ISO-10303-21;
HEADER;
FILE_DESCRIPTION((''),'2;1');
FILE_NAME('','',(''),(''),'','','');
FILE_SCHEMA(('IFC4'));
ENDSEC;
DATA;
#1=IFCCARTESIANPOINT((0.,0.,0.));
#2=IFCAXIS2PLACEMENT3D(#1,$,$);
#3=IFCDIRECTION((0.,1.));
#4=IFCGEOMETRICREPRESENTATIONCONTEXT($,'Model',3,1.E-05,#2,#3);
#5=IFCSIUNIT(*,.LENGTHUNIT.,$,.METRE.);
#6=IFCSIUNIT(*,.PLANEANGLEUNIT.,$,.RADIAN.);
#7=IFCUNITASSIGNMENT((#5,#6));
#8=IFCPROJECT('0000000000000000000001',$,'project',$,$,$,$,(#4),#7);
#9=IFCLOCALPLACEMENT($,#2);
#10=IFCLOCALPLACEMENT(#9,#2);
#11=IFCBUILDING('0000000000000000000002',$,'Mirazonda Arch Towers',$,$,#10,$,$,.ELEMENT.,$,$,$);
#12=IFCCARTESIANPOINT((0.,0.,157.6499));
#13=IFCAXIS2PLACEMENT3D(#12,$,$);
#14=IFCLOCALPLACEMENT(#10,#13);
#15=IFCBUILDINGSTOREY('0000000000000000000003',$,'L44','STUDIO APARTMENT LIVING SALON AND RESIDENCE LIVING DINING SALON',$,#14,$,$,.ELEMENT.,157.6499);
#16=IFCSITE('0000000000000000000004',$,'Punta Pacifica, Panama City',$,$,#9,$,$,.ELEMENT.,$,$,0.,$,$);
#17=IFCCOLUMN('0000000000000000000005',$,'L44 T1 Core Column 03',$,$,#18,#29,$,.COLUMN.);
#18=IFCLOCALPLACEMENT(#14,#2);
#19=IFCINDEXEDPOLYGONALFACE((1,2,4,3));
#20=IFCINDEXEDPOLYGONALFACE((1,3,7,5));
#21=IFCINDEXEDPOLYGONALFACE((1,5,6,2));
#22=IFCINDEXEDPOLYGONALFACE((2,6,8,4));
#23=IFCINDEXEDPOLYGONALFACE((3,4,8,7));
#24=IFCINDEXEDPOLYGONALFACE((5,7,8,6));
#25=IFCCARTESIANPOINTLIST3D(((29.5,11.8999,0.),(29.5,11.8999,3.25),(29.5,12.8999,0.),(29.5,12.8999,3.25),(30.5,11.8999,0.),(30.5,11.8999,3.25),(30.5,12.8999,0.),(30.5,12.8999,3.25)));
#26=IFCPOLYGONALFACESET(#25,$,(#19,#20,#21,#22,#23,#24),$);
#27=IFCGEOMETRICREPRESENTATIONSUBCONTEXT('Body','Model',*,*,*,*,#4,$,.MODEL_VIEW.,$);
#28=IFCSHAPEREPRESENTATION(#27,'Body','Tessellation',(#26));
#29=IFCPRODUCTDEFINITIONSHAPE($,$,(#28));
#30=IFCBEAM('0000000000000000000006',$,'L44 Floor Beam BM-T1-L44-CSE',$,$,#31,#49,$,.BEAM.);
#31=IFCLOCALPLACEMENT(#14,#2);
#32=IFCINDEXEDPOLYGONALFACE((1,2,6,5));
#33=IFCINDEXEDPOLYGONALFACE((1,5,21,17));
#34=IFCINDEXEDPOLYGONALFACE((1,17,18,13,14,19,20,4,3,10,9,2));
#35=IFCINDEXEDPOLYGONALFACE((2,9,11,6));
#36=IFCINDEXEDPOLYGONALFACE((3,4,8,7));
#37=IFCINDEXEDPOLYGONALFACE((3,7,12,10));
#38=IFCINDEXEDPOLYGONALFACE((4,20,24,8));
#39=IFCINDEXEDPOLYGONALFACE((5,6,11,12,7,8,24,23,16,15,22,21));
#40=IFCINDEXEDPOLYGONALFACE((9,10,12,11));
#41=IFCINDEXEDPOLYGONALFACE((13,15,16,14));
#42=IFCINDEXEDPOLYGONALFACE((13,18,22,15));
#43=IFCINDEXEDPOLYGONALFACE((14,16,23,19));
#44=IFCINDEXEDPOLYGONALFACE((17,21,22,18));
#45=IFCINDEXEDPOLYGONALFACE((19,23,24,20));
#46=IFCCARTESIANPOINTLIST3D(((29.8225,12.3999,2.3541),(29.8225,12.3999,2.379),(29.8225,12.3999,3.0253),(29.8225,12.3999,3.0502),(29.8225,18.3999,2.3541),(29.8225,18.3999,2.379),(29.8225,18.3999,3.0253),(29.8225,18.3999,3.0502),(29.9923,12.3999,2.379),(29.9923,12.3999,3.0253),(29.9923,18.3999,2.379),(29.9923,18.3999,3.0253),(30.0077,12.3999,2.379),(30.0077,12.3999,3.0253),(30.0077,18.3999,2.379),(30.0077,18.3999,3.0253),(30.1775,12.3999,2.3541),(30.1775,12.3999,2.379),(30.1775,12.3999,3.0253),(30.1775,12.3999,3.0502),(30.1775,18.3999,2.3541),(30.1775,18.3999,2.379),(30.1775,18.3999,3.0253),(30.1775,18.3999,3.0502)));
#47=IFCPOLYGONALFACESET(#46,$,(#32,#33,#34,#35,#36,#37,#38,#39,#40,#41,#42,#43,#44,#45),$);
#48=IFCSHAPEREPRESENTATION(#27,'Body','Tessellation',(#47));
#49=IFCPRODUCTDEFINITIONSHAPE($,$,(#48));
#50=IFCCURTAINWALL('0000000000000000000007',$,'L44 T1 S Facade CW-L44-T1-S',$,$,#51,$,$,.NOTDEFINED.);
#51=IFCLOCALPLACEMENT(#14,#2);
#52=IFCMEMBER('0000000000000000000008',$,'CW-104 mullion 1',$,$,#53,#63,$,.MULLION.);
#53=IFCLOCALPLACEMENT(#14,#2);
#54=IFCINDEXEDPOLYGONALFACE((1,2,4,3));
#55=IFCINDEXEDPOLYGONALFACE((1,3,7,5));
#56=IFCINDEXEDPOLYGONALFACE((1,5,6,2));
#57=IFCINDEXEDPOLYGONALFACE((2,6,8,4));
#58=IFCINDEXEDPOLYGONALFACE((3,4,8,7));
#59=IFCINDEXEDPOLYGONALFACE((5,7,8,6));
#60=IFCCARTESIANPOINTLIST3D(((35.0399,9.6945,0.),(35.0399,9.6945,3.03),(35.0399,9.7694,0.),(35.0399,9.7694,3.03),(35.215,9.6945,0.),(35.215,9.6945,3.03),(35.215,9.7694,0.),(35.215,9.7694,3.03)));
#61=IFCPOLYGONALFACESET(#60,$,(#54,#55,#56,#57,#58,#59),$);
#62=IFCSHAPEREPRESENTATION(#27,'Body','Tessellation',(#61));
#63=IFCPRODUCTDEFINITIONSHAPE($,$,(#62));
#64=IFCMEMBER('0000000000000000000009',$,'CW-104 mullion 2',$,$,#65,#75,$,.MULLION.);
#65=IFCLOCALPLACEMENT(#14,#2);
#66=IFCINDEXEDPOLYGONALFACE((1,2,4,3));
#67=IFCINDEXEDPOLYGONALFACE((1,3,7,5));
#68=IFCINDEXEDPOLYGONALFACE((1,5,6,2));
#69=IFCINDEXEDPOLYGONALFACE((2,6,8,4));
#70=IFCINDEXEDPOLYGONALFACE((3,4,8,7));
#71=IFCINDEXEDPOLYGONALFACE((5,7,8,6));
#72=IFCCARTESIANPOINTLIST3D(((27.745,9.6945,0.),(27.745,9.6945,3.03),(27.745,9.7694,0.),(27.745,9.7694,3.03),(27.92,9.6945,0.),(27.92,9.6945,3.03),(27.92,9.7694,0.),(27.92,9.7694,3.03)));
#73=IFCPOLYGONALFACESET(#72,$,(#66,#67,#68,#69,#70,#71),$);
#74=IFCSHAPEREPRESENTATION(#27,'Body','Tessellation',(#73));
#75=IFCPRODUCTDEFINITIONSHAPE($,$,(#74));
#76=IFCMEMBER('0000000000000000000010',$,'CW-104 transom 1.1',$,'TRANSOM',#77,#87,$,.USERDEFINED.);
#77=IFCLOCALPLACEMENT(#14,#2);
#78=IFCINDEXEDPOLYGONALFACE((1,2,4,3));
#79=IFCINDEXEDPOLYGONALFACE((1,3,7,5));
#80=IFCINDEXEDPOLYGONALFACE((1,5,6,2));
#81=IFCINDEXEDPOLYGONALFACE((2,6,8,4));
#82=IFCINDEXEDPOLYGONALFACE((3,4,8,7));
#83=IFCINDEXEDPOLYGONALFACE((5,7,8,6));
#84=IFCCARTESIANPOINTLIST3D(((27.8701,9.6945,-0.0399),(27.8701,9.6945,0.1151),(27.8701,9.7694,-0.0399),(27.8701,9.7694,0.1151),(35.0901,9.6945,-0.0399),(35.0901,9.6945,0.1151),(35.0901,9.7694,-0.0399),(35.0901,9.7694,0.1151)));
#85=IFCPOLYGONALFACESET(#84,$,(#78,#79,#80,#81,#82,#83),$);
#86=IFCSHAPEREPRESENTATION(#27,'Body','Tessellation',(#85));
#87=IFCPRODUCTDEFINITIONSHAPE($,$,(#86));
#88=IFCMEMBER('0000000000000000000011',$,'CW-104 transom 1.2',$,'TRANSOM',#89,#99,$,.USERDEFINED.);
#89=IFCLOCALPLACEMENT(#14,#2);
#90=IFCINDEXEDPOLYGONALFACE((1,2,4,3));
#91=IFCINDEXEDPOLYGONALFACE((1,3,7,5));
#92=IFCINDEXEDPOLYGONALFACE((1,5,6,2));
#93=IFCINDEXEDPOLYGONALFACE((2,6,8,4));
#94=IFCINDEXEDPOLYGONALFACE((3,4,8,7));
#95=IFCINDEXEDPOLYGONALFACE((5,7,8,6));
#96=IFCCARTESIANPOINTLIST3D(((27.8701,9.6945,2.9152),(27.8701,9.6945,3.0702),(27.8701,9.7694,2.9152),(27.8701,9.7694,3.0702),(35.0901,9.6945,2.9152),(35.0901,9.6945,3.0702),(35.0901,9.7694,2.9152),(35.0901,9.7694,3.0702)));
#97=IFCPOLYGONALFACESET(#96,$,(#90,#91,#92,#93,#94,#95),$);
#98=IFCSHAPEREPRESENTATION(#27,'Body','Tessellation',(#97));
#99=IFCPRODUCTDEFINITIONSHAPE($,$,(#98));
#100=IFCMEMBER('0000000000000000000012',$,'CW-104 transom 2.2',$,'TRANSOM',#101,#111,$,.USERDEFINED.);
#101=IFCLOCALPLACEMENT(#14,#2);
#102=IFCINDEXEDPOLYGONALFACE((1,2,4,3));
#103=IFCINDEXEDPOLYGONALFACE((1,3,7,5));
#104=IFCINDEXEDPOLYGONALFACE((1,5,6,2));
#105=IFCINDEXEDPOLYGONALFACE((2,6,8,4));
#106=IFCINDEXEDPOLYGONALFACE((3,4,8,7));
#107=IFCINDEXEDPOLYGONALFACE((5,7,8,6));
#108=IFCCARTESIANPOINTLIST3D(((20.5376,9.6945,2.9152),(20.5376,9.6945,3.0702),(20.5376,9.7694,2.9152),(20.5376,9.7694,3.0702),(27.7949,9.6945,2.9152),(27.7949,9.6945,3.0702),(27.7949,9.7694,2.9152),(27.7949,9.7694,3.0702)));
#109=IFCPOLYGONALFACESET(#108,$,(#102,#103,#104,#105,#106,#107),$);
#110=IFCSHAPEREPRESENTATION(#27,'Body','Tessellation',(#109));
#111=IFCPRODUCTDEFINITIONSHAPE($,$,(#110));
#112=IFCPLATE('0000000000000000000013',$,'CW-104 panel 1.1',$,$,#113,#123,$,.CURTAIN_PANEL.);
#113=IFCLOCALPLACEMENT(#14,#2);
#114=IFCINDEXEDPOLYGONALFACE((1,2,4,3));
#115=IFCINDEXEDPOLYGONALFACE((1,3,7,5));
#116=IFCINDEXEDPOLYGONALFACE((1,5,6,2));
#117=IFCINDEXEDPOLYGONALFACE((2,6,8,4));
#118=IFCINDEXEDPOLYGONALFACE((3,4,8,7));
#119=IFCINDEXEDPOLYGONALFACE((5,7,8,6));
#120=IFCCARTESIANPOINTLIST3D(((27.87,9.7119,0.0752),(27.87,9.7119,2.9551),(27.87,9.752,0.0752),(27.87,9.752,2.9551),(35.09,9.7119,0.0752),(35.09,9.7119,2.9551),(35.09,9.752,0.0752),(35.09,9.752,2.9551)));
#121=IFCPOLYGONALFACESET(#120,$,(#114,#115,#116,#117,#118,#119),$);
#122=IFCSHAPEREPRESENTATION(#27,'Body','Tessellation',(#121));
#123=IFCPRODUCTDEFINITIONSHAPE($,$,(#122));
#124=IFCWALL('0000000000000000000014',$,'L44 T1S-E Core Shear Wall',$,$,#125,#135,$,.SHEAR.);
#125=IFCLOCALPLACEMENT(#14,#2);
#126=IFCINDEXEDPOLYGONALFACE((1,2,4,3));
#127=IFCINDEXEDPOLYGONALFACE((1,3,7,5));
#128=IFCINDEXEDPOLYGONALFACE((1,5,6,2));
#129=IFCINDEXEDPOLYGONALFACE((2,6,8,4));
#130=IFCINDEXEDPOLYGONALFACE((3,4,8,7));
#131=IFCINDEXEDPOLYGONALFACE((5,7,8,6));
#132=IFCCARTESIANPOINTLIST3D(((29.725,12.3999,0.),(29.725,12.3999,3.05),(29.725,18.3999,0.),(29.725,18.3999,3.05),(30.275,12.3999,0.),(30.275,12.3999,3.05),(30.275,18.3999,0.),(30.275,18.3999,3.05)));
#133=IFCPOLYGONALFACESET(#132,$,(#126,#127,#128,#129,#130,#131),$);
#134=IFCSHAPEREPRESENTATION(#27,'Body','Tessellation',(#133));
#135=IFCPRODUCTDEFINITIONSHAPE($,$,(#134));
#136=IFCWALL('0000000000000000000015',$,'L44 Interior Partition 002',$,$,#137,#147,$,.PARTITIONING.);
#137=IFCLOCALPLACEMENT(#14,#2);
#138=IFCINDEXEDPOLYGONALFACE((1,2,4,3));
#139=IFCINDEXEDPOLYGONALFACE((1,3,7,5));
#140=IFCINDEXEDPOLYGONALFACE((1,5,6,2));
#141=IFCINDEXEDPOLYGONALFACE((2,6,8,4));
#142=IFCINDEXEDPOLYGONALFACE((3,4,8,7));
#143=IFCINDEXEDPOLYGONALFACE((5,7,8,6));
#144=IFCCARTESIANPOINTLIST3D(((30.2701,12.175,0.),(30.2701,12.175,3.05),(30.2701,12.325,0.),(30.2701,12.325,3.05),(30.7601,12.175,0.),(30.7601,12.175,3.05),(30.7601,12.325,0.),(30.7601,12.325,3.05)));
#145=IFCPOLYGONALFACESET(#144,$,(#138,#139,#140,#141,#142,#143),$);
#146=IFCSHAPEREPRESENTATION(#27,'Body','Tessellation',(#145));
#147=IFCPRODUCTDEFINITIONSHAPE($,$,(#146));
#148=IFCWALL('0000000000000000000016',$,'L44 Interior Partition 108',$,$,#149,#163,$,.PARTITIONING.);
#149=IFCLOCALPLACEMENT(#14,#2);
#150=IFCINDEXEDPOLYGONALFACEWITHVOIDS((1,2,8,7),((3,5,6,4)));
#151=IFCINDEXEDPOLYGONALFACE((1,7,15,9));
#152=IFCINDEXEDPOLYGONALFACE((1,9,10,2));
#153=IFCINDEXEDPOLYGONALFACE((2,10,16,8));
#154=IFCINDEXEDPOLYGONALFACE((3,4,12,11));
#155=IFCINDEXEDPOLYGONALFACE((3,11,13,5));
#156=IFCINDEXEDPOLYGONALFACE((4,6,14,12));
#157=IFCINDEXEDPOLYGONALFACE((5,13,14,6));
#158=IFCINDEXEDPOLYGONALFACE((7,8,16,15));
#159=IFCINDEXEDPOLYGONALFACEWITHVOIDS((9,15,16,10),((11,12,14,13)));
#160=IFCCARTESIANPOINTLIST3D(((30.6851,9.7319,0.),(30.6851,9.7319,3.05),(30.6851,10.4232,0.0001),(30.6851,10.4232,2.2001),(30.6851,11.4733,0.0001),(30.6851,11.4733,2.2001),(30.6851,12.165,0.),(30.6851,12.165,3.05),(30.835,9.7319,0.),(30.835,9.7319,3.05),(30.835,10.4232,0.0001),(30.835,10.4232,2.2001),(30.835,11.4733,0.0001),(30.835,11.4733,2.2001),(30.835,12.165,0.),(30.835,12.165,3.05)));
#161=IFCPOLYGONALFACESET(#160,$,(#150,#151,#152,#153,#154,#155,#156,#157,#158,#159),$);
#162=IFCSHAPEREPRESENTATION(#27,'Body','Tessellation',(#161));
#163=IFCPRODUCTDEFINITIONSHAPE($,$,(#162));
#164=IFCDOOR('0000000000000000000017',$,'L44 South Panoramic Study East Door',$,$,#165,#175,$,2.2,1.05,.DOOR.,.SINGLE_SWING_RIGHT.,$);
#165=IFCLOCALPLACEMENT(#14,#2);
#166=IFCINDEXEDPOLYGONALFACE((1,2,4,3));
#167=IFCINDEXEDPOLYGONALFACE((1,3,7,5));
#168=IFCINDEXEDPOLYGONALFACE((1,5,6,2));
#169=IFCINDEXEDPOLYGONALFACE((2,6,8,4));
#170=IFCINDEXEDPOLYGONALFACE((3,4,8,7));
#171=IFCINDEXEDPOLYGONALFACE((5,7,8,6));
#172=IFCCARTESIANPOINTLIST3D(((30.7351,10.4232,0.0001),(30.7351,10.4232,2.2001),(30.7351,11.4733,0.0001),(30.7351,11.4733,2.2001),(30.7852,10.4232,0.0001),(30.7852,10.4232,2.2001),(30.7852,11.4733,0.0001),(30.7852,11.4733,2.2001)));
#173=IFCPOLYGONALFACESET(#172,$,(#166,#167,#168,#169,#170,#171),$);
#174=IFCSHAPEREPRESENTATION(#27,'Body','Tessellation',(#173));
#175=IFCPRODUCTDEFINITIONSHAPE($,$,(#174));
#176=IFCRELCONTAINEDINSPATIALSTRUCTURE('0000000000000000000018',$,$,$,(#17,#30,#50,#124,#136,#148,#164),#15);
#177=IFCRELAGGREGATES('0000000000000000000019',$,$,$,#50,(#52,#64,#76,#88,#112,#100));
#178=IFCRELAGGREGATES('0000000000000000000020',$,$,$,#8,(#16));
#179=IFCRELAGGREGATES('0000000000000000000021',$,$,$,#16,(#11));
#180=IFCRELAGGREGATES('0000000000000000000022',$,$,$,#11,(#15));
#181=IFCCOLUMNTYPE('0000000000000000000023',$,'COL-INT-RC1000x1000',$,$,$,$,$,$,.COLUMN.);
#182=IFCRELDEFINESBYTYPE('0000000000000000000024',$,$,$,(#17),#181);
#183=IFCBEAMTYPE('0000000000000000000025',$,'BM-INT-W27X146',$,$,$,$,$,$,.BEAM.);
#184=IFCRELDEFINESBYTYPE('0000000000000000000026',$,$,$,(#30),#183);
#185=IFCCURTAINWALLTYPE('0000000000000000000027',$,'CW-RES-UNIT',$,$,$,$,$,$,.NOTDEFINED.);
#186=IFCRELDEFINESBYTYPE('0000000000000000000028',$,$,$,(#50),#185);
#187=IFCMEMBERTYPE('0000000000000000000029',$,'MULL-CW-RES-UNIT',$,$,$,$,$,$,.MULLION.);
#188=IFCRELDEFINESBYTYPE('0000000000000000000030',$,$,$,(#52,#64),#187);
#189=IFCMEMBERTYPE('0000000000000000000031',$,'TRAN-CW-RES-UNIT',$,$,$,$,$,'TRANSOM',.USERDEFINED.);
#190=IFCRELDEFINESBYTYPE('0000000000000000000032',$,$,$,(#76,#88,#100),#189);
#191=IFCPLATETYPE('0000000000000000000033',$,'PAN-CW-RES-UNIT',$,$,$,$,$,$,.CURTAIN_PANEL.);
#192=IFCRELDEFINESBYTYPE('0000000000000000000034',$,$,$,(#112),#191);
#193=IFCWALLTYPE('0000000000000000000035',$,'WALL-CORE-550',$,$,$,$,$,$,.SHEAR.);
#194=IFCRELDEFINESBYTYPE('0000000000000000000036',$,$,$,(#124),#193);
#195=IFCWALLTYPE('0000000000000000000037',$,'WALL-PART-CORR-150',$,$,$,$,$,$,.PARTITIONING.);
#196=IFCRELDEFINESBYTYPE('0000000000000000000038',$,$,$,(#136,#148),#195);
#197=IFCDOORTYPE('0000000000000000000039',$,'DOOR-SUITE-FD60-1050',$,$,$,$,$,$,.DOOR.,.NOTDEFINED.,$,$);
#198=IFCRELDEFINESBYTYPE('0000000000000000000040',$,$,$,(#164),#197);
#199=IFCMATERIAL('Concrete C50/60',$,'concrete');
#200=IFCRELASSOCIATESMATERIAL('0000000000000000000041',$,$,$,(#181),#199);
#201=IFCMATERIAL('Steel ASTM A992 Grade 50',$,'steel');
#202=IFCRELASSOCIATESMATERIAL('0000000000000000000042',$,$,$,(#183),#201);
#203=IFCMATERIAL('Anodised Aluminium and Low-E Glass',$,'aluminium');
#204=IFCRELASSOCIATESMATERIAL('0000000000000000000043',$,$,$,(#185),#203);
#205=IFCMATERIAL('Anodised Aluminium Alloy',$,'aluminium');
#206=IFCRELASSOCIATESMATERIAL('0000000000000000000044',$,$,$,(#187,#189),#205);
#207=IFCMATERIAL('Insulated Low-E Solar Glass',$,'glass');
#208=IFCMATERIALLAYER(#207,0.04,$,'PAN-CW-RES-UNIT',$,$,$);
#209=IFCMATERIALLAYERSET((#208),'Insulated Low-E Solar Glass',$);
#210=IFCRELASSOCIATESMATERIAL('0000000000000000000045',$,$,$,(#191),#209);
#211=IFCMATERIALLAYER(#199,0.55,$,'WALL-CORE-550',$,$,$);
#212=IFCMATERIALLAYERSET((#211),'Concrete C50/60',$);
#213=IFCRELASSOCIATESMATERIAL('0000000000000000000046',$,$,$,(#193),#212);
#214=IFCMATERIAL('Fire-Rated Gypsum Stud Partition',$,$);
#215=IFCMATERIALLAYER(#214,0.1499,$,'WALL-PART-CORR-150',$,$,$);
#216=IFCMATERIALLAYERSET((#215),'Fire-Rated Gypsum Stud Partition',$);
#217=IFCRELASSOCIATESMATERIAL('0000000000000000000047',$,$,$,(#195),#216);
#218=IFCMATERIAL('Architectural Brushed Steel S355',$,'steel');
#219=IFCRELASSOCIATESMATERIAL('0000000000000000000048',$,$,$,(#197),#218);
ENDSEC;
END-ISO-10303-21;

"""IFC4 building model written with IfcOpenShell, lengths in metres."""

from ifc_helpers import new_model, si_unit, direction, frame, frame_2d, origin, origin_2d, place, context, subcontext, project, spatial, rectangle, i_section, extrude, material, layer, layer_set, material_profile, profile_set, type_object, element, fill, aggregate, save


model = new_model("IFC4")

# Units and contexts
model_context = context("Model", 3, precision=1e-05, world=origin(), true_north=direction((0.0, 1.0)))
body_context = subcontext(model_context, "Body", "Model", "MODEL_VIEW")
ifc_project = project(units=[si_unit("LENGTHUNIT", "METRE"), si_unit("PLANEANGLEUNIT", "RADIAN")], contexts=[model_context])

# Site, building, storey
site_placement = place(None, origin())
site = spatial("IfcSite", under=ifc_project, at=site_placement, Name="Punta Pacifica, Panama City", CompositionType="ELEMENT", RefElevation=0.0)
building_placement = place(site_placement, origin())
building = spatial("IfcBuilding", under=site, at=building_placement, Name="Mirazonda Arch Towers", CompositionType="ELEMENT")
storey_placement = place(building_placement, frame((0.0, 0.0, 157.6499)))
storey = spatial("IfcBuildingStorey", under=building, at=storey_placement, Name="L44", Description="STUDIO APARTMENT LIVING SALON AND RESIDENCE LIVING DINING SALON", CompositionType="ELEMENT", Elevation=157.6499)

# Column
ifc_material_1 = material(Name="Concrete C50/60", Category="concrete")
ifc_material_profile_1 = material_profile(ifc_material_1, rectangle(XDim=1.0, YDim=1.0, at=origin_2d()), Name="RC1000x1000")
ifc_profile_set_1 = profile_set([ifc_material_profile_1], Name="Concrete C50/60")
column_type = type_object("IfcColumnType", Name="COL-INT-RC1000x1000", PredefinedType="COLUMN", material=ifc_profile_set_1)
column_placement = place(storey_placement, frame((30.0, 12.3999, 0.0), z_axis=(0.0, 0.0, 1.0), x_axis=(1.0, 0.0, 0.0)))
element("IfcColumn", 1, at=column_placement, inside=storey, type_object=column_type, Name="L44 T1 Core Column 03", PredefinedType="COLUMN", context=body_context, shape_type="SweptSolid", body=[
    extrude(rectangle(XDim=1.0, YDim=1.0, at=origin_2d()), origin(), (0.0, 0.0, 1.0), 3.25),
])

# Beam
ifc_material_2 = material(Name="Steel ASTM A992 Grade 50", Category="steel")
ifc_material_profile_2 = material_profile(ifc_material_2, i_section(OverallWidth=0.355, OverallDepth=0.696, WebThickness=0.0154, FlangeThickness=0.0249, at=origin_2d()), Name="W27X146")
ifc_profile_set_2 = profile_set([ifc_material_profile_2], Name="Steel ASTM A992 Grade 50")
beam_type = type_object("IfcBeamType", Name="BM-INT-W27X146", PredefinedType="BEAM", material=ifc_profile_set_2)
beam_placement = place(storey_placement, frame((30.0, 12.3999, 2.7021), z_axis=(0.0, 1.0, 0.0), x_axis=(-1.0, 0.0, 0.0)))
element("IfcBeam", 2, at=beam_placement, inside=storey, type_object=beam_type, Name="L44 Floor Beam BM-T1-L44-CSE", PredefinedType="BEAM", context=body_context, shape_type="SweptSolid", body=[
    extrude(i_section(OverallWidth=0.355, OverallDepth=0.696, WebThickness=0.0154, FlangeThickness=0.0249, at=origin_2d()), origin(), (0.0, 0.0, 1.0), 6.0),
])

# Curtain wall, members, plate
ifc_material_3 = material(Name="Anodised Aluminium and Low-E Glass", Category="aluminium")
curtain_wall_type = type_object("IfcCurtainWallType", Name="CW-RES-UNIT", PredefinedType="NOTDEFINED", material=ifc_material_3)
curtain_wall_placement = place(storey_placement, origin())
curtain_wall = element("IfcCurtainWall", 3, at=curtain_wall_placement, inside=storey, type_object=curtain_wall_type, Name="L44 T1 S Facade CW-L44-T1-S", PredefinedType="NOTDEFINED")
ifc_material_4 = material(Name="Anodised Aluminium Alloy", Category="aluminium")
ifc_material_profile_3 = material_profile(ifc_material_4, rectangle(XDim=0.075, YDim=0.175, at=origin_2d()), Name="ALU-MULL-75x175")
ifc_profile_set_3 = profile_set([ifc_material_profile_3], Name="Anodised Aluminium Alloy")
member_type_1 = type_object("IfcMemberType", Name="MULL-CW-RES-UNIT", PredefinedType="MULLION", material=ifc_profile_set_3)
member_1_placement = place(storey_placement, frame((35.1274, 9.7319, 0.0), z_axis=(0.0, 0.0, 1.0), x_axis=(0.0, -1.0, 0.0)))
member_1 = element("IfcMember", 4, at=member_1_placement, type_object=member_type_1, Name="CW-104 mullion 1", PredefinedType="MULLION", context=body_context, shape_type="SweptSolid", body=[
    extrude(rectangle(XDim=0.075, YDim=0.175, at=origin_2d()), origin(), (0.0, 0.0, 1.0), 3.03),
])
member_2_placement = place(storey_placement, frame((27.8325, 9.7319, 0.0), z_axis=(0.0, 0.0, 1.0), x_axis=(0.0, -1.0, 0.0)))
member_2 = element("IfcMember", 5, at=member_2_placement, type_object=member_type_1, Name="CW-104 mullion 2", PredefinedType="MULLION", context=body_context, shape_type="SweptSolid", body=[
    extrude(rectangle(XDim=0.075, YDim=0.175, at=origin_2d()), origin(), (0.0, 0.0, 1.0), 3.03),
])
ifc_material_profile_4 = material_profile(ifc_material_4, rectangle(XDim=0.075, YDim=0.155, at=origin_2d()), Name="ALU-TRAN-75x155")
ifc_profile_set_4 = profile_set([ifc_material_profile_4], Name="Anodised Aluminium Alloy")
member_type_2 = type_object("IfcMemberType", Name="TRAN-CW-RES-UNIT", ElementType="TRANSOM", PredefinedType="USERDEFINED", material=ifc_profile_set_4)
member_3_placement = place(storey_placement, frame((35.0901, 9.7319, 0.0376), z_axis=(-1.0, 0.0, 0.0), x_axis=(0.0, -1.0, 0.0)))
member_3 = element("IfcMember", 6, at=member_3_placement, type_object=member_type_2, Name="CW-104 transom 1.1", ObjectType="TRANSOM", PredefinedType="USERDEFINED", context=body_context, shape_type="SweptSolid", body=[
    extrude(rectangle(XDim=0.075, YDim=0.155, at=origin_2d()), origin(), (0.0, 0.0, 1.0), 7.22),
])
member_4_placement = place(storey_placement, frame((35.0901, 9.7319, 2.9927), z_axis=(-1.0, 0.0, 0.0), x_axis=(0.0, -1.0, 0.0)))
member_4 = element("IfcMember", 7, at=member_4_placement, type_object=member_type_2, Name="CW-104 transom 1.2", ObjectType="TRANSOM", PredefinedType="USERDEFINED", context=body_context, shape_type="SweptSolid", body=[
    extrude(rectangle(XDim=0.075, YDim=0.155, at=origin_2d()), origin(), (0.0, 0.0, 1.0), 7.22),
])
member_5_placement = place(storey_placement, frame((27.7949, 9.7319, 2.9927), z_axis=(-1.0, 0.0, 0.0), x_axis=(0.0, -1.0, 0.0)))
member_5 = element("IfcMember", 8, at=member_5_placement, type_object=member_type_2, Name="CW-104 transom 2.2", ObjectType="TRANSOM", PredefinedType="USERDEFINED", context=body_context, shape_type="SweptSolid", body=[
    extrude(rectangle(XDim=0.075, YDim=0.155, at=origin_2d()), origin(), (0.0, 0.0, 1.0), 7.2573),
])
ifc_material_5 = material(Name="Insulated Low-E Solar Glass", Category="glass")
ifc_layer_1 = layer(ifc_material_5, 0.04, Name="PAN-CW-RES-UNIT")
ifc_layer_set_1 = layer_set([ifc_layer_1], Name="Insulated Low-E Solar Glass")
plate_type = type_object("IfcPlateType", Name="PAN-CW-RES-UNIT", PredefinedType="CURTAIN_PANEL", material=ifc_layer_set_1)
plate_placement = place(storey_placement, frame((31.48, 9.7319, 0.0752), z_axis=(0.0, 0.0, 1.0), x_axis=(-1.0, 0.0, 0.0)))
plate = element("IfcPlate", 9, at=plate_placement, type_object=plate_type, Name="CW-104 panel 1.1", PredefinedType="CURTAIN_PANEL", context=body_context, shape_type="SweptSolid", body=[
    extrude(rectangle(XDim=7.22, YDim=0.04, at=origin_2d()), origin(), (0.0, 0.0, 1.0), 2.8799),
])
aggregate(curtain_wall, [member_1, member_2, member_3, member_4, plate, member_5])

# Walls
ifc_layer_2 = layer(ifc_material_1, 0.55, Name="WALL-CORE-550")
ifc_layer_set_2 = layer_set([ifc_layer_2], Name="Concrete C50/60")
wall_type_1 = type_object("IfcWallType", Name="WALL-CORE-550", PredefinedType="SHEAR", material=ifc_layer_set_2)
wall_1_placement = place(storey_placement, frame((30.0, 12.3999, 0.0), z_axis=(0.0, 0.0, 1.0), x_axis=(0.0, 1.0, 0.0)))
element("IfcWall", 10, at=wall_1_placement, inside=storey, type_object=wall_type_1, Name="L44 T1S-E Core Shear Wall", PredefinedType="SHEAR", context=body_context, shape_type="SweptSolid", body=[
    extrude(rectangle(XDim=6.0, YDim=0.55, at=frame_2d((3.0, 0.0))), origin(), (0.0, 0.0, 1.0), 3.05),
])
ifc_material_6 = material(Name="Fire-Rated Gypsum Stud Partition")
ifc_layer_3 = layer(ifc_material_6, 0.1499, Name="WALL-PART-CORR-150")
ifc_layer_set_3 = layer_set([ifc_layer_3], Name="Fire-Rated Gypsum Stud Partition")
wall_type_2 = type_object("IfcWallType", Name="WALL-PART-CORR-150", PredefinedType="PARTITIONING", material=ifc_layer_set_3)
wall_2_placement = place(storey_placement, frame((30.27, 12.25, 0.0), z_axis=(0.0, 0.0, 1.0), x_axis=(1.0, 0.0, 0.0)))
element("IfcWall", 11, at=wall_2_placement, inside=storey, type_object=wall_type_2, Name="L44 Interior Partition 002", PredefinedType="PARTITIONING", context=body_context, shape_type="SweptSolid", body=[
    extrude(rectangle(XDim=0.49, YDim=0.1499, at=frame_2d((0.2451, 0.0))), origin(), (0.0, 0.0, 1.0), 3.05),
])

# Wall, opening, door
wall_3_placement = place(storey_placement, frame((30.76, 9.7319, 0.0), z_axis=(0.0, 0.0, 1.0), x_axis=(0.0, 1.0, 0.0)))
wall_3 = element("IfcWall", 12, at=wall_3_placement, inside=storey, type_object=wall_type_2, Name="L44 Interior Partition 108", PredefinedType="PARTITIONING", context=body_context, shape_type="SweptSolid", body=[
    extrude(rectangle(XDim=2.4331, YDim=0.1499, at=frame_2d((1.2166, 0.0))), origin(), (0.0, 0.0, 1.0), 3.05),
])
opening_1_placement = place(wall_3_placement, frame((0.6914, 0.0, 0.0)))
opening_1 = element("IfcOpeningElement", 13, at=opening_1_placement, cuts=wall_3, PredefinedType="OPENING", context=body_context, shape_type="SweptSolid", body=[
    extrude(rectangle(XDim=1.05, YDim=2.2, at=frame_2d((0.5249, 1.1001))), frame((0.0, 0.085, 0.0), z_axis=(0.0, -1.0, 0.0), x_axis=(1.0, 0.0, 0.0)), (0.0, 0.0, 1.0), 0.1699),
])
ifc_material_7 = material(Name="Architectural Brushed Steel S355", Category="steel")
door_type_1 = type_object("IfcDoorType", Name="DOOR-SUITE-FD60-1050", OperationType="NOTDEFINED", PredefinedType="DOOR", material=ifc_material_7)
door_1_placement = place(opening_1_placement, origin())
door_1 = element("IfcDoor", 14, at=door_1_placement, inside=storey, type_object=door_type_1, Name="L44 South Panoramic Study East Door", OperationType="SINGLE_SWING_RIGHT", OverallHeight=2.2, OverallWidth=1.05, PredefinedType="DOOR", context=body_context, shape_type="SweptSolid", body=[
    extrude(rectangle(XDim=1.05, YDim=2.2, at=frame_2d((0.5249, 1.1001))), frame((0.0, 0.0249, 0.0), z_axis=(0.0, -1.0, 0.0), x_axis=(1.0, 0.0, 0.0)), (0.0, 0.0, 1.0), 0.05),
])
fill(opening_1, door_1)

save(model, "model.ifc")
